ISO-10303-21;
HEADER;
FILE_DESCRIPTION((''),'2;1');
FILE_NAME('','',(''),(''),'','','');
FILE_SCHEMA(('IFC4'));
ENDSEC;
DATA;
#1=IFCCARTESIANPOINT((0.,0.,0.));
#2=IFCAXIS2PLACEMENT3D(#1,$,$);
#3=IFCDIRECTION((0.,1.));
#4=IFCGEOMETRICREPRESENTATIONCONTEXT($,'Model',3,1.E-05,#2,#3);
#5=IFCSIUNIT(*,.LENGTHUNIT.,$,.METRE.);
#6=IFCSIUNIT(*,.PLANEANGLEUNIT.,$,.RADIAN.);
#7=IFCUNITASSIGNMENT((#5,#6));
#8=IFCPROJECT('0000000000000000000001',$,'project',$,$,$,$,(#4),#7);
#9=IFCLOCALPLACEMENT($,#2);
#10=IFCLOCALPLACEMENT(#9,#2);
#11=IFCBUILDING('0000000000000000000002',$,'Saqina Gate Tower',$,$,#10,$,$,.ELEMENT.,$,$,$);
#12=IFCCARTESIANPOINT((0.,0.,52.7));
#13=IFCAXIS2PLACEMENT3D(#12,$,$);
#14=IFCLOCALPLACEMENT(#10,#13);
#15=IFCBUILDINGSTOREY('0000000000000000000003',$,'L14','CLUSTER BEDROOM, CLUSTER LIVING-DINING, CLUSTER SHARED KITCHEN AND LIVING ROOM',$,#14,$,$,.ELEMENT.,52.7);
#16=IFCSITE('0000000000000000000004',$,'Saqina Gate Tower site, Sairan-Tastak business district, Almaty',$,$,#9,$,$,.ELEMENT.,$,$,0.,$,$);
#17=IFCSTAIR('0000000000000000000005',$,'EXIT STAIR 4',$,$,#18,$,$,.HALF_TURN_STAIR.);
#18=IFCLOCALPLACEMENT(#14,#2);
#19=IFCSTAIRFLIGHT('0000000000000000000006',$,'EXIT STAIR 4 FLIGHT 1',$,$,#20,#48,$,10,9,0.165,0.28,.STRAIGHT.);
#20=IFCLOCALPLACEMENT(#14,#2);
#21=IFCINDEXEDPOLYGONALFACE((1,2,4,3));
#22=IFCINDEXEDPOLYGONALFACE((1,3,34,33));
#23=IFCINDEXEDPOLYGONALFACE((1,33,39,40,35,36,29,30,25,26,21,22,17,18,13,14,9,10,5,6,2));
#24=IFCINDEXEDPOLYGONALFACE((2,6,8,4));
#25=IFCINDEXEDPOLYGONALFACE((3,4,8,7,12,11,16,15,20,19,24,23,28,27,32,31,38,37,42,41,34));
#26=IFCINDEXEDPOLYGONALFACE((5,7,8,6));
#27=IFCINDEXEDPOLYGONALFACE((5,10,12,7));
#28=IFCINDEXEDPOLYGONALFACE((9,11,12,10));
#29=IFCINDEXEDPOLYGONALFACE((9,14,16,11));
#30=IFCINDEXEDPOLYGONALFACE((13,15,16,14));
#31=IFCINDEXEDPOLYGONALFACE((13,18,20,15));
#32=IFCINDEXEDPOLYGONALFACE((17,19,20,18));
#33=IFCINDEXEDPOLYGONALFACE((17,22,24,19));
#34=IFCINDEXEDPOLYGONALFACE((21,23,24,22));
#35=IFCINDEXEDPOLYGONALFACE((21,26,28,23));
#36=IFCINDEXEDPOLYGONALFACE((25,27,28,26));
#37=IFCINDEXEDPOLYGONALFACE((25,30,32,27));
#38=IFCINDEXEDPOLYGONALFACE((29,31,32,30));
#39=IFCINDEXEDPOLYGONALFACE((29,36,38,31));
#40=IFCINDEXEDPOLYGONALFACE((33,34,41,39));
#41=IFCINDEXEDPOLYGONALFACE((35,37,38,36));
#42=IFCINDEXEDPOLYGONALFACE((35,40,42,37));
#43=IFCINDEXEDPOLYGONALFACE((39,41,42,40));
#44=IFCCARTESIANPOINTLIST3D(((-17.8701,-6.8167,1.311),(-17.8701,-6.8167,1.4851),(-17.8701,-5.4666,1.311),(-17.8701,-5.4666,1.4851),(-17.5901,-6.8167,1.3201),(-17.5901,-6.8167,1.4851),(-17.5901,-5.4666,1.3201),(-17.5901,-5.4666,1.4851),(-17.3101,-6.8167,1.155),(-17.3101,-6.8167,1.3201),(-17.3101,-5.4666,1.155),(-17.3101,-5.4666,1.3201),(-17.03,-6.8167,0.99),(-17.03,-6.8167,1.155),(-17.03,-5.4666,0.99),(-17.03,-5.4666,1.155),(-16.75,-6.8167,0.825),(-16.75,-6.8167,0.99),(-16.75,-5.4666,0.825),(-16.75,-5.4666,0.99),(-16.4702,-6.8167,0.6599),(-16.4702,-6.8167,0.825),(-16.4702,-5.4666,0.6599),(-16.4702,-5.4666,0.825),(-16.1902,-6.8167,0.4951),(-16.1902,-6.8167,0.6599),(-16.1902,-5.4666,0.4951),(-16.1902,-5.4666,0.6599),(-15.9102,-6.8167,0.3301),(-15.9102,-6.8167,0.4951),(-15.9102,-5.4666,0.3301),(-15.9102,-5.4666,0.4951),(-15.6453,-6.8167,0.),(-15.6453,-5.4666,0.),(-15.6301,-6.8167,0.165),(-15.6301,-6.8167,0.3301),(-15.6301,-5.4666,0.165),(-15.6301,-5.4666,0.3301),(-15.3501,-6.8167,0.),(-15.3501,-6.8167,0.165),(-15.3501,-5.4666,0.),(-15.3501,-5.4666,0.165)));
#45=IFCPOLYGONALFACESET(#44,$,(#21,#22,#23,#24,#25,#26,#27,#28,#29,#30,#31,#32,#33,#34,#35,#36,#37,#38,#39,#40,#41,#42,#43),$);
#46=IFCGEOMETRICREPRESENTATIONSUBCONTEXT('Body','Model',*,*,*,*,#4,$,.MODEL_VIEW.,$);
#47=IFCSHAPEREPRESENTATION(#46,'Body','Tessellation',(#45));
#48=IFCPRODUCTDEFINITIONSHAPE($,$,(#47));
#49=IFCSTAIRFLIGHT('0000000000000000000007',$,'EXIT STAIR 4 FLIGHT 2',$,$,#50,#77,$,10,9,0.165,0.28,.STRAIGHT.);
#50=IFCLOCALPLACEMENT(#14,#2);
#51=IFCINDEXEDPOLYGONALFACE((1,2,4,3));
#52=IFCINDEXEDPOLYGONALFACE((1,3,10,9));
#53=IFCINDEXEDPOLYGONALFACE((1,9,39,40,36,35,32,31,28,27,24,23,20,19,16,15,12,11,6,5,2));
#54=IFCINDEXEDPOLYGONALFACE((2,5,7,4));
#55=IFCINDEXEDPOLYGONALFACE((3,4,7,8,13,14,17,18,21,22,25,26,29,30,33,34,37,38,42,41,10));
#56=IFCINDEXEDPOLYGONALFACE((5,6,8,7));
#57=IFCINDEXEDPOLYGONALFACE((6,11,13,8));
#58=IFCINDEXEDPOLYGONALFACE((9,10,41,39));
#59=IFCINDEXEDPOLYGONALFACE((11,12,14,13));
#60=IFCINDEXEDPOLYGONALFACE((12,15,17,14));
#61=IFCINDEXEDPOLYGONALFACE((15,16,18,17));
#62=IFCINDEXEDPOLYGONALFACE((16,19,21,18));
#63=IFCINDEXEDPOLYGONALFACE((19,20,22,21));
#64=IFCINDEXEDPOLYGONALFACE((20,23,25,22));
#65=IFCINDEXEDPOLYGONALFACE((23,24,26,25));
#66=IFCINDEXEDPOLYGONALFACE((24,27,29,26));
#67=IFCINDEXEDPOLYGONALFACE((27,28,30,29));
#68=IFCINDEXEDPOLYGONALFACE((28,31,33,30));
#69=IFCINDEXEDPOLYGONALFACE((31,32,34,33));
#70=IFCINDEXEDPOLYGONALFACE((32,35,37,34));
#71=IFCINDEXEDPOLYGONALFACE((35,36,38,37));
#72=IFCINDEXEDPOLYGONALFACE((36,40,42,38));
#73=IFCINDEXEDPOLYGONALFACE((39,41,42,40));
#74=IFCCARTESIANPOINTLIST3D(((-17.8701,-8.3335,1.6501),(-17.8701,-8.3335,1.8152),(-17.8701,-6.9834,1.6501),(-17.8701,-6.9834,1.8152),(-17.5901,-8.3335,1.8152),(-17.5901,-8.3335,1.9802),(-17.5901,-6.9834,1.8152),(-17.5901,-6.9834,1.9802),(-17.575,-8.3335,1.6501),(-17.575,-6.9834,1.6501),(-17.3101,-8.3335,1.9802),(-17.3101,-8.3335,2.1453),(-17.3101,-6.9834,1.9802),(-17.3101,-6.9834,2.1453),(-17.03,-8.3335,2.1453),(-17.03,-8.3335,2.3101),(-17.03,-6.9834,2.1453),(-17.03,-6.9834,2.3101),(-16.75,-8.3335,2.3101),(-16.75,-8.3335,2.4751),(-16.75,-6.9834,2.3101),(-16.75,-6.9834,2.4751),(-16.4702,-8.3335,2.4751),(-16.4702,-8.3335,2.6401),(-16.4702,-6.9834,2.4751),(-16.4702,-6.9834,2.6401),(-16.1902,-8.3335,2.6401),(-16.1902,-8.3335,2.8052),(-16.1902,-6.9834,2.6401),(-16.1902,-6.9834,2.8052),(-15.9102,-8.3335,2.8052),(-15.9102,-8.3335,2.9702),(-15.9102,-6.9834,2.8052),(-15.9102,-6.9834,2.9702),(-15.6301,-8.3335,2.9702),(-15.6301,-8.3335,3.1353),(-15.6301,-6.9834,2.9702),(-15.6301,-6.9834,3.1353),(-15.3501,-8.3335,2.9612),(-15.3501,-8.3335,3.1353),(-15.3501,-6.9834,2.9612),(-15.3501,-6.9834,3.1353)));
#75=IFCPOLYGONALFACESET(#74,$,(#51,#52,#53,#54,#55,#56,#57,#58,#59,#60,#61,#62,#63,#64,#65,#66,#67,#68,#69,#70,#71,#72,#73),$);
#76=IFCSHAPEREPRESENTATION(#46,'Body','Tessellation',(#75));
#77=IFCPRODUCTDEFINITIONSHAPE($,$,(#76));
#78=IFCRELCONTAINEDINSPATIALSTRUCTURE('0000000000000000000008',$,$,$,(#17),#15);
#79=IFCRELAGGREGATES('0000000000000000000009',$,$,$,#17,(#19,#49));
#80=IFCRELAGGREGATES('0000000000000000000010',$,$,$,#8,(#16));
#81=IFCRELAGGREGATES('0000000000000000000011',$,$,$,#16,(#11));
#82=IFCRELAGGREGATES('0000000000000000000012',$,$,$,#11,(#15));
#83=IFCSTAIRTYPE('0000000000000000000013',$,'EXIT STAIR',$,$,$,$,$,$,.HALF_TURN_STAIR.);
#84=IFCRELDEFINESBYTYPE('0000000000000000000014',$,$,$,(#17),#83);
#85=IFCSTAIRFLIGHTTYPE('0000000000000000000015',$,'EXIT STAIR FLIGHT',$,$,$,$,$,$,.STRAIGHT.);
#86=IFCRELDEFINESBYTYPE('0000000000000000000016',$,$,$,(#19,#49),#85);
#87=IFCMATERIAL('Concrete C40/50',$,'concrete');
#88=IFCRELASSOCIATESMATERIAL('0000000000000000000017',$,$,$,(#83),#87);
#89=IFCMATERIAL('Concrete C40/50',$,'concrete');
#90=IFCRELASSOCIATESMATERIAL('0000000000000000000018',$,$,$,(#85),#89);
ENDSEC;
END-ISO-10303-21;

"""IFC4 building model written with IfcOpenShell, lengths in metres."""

from ifc_helpers import new_model, si_unit, direction, frame, origin, place, context, subcontext, project, spatial, polyline, outline, extrude, material, type_object, element, aggregate, save


model = new_model("IFC4")

# Units and contexts
model_context = context("Model", 3, precision=1e-05, world=origin(), true_north=direction((0.0, 1.0)))
body_context = subcontext(model_context, "Body", "Model", "MODEL_VIEW")
ifc_project = project(units=[si_unit("LENGTHUNIT", "METRE"), si_unit("PLANEANGLEUNIT", "RADIAN")], contexts=[model_context])

# Site, building, storey
site_placement = place(None, origin())
site = spatial("IfcSite", under=ifc_project, at=site_placement, Name="Saqina Gate Tower site, Sairan-Tastak business district, Almaty", CompositionType="ELEMENT", RefElevation=0.0)
building_placement = place(site_placement, origin())
building = spatial("IfcBuilding", under=site, at=building_placement, Name="Saqina Gate Tower", CompositionType="ELEMENT")
storey_placement = place(building_placement, frame((0.0, 0.0, 52.7)))
storey = spatial("IfcBuildingStorey", under=building, at=storey_placement, Name="L14", Description="CLUSTER BEDROOM, CLUSTER LIVING-DINING, CLUSTER SHARED KITCHEN AND LIVING ROOM", CompositionType="ELEMENT", Elevation=52.7)

# Stair, stair flights
ifc_material_1 = material(Name="Concrete C40/50", Category="concrete")
stair_type = type_object("IfcStairType", Name="EXIT STAIR", PredefinedType="HALF_TURN_STAIR", material=ifc_material_1)
stair_placement = place(storey_placement, origin())
stair = element("IfcStair", 1, at=stair_placement, inside=storey, type_object=stair_type, Name="EXIT STAIR 4", PredefinedType="HALF_TURN_STAIR")
ifc_material_2 = material(Name="Concrete C40/50", Category="concrete")
stair_flight_type = type_object("IfcStairFlightType", Name="EXIT STAIR FLIGHT", PredefinedType="STRAIGHT", material=ifc_material_2)
stair_flight_1_placement = place(storey_placement, frame((-15.3501, -6.1416, 0.0), z_axis=(0.0, 0.0, 1.0), x_axis=(-1.0, 0.0, 0.0)))
stair_flight_1 = element("IfcStairFlight", 2, at=stair_flight_1_placement, type_object=stair_flight_type, Name="EXIT STAIR 4 FLIGHT 1", NumberOfRisers=10, NumberOfTreads=9, PredefinedType="STRAIGHT", RiserHeight=0.165, TreadLength=0.28, context=body_context, shape_type="SweptSolid", body=[
    extrude(outline(polyline([(0.0, 0.0), (0.0, 0.165), (0.28, 0.165), (0.28, 0.3301), (0.5601, 0.3301), (0.5601, 0.4951), (0.8401, 0.4951), (0.8401, 0.6599), (1.1201, 0.6599), (1.1201, 0.825), (1.3999, 0.825), (1.3999, 0.99), (1.6799, 0.99), (1.6799, 1.155), (1.96, 1.155), (1.96, 1.3201), (2.24, 1.3201), (2.24, 1.4851), (2.52, 1.4851), (2.52, 1.6499), (2.52, 1.311), (0.2952, 0.0), (0.0, 0.0)])), frame((0.0, 0.675, 0.0), z_axis=(0.0, -1.0, 0.0), x_axis=(1.0, 0.0, 0.0)), (0.0, 0.0, 1.0), 1.3501),
])
stair_flight_2_placement = place(storey_placement, frame((-17.8701, -7.6584, 1.6501), z_axis=(0.0, 0.0, 1.0), x_axis=(1.0, 0.0, 0.0)))
stair_flight_2 = element("IfcStairFlight", 3, at=stair_flight_2_placement, type_object=stair_flight_type, Name="EXIT STAIR 4 FLIGHT 2", NumberOfRisers=10, NumberOfTreads=9, PredefinedType="STRAIGHT", RiserHeight=0.165, TreadLength=0.28, context=body_context, shape_type="SweptSolid", body=[
    extrude(outline(polyline([(0.0, 0.0), (0.0, 0.165), (0.28, 0.165), (0.28, 0.3301), (0.5601, 0.3301), (0.5601, 0.4951), (0.8401, 0.4951), (0.8401, 0.6599), (1.1201, 0.6599), (1.1201, 0.825), (1.3999, 0.825), (1.3999, 0.99), (1.6799, 0.99), (1.6799, 1.155), (1.96, 1.155), (1.96, 1.3201), (2.24, 1.3201), (2.24, 1.4851), (2.52, 1.4851), (2.52, 1.6499), (2.52, 1.311), (0.2952, 0.0), (0.0, 0.0)])), frame((0.0, 0.675, 0.0), z_axis=(0.0, -1.0, 0.0), x_axis=(1.0, 0.0, 0.0)), (0.0, 0.0, 1.0), 1.3501),
])
aggregate(stair, [stair_flight_1, stair_flight_2])

save(model, "model.ifc")
